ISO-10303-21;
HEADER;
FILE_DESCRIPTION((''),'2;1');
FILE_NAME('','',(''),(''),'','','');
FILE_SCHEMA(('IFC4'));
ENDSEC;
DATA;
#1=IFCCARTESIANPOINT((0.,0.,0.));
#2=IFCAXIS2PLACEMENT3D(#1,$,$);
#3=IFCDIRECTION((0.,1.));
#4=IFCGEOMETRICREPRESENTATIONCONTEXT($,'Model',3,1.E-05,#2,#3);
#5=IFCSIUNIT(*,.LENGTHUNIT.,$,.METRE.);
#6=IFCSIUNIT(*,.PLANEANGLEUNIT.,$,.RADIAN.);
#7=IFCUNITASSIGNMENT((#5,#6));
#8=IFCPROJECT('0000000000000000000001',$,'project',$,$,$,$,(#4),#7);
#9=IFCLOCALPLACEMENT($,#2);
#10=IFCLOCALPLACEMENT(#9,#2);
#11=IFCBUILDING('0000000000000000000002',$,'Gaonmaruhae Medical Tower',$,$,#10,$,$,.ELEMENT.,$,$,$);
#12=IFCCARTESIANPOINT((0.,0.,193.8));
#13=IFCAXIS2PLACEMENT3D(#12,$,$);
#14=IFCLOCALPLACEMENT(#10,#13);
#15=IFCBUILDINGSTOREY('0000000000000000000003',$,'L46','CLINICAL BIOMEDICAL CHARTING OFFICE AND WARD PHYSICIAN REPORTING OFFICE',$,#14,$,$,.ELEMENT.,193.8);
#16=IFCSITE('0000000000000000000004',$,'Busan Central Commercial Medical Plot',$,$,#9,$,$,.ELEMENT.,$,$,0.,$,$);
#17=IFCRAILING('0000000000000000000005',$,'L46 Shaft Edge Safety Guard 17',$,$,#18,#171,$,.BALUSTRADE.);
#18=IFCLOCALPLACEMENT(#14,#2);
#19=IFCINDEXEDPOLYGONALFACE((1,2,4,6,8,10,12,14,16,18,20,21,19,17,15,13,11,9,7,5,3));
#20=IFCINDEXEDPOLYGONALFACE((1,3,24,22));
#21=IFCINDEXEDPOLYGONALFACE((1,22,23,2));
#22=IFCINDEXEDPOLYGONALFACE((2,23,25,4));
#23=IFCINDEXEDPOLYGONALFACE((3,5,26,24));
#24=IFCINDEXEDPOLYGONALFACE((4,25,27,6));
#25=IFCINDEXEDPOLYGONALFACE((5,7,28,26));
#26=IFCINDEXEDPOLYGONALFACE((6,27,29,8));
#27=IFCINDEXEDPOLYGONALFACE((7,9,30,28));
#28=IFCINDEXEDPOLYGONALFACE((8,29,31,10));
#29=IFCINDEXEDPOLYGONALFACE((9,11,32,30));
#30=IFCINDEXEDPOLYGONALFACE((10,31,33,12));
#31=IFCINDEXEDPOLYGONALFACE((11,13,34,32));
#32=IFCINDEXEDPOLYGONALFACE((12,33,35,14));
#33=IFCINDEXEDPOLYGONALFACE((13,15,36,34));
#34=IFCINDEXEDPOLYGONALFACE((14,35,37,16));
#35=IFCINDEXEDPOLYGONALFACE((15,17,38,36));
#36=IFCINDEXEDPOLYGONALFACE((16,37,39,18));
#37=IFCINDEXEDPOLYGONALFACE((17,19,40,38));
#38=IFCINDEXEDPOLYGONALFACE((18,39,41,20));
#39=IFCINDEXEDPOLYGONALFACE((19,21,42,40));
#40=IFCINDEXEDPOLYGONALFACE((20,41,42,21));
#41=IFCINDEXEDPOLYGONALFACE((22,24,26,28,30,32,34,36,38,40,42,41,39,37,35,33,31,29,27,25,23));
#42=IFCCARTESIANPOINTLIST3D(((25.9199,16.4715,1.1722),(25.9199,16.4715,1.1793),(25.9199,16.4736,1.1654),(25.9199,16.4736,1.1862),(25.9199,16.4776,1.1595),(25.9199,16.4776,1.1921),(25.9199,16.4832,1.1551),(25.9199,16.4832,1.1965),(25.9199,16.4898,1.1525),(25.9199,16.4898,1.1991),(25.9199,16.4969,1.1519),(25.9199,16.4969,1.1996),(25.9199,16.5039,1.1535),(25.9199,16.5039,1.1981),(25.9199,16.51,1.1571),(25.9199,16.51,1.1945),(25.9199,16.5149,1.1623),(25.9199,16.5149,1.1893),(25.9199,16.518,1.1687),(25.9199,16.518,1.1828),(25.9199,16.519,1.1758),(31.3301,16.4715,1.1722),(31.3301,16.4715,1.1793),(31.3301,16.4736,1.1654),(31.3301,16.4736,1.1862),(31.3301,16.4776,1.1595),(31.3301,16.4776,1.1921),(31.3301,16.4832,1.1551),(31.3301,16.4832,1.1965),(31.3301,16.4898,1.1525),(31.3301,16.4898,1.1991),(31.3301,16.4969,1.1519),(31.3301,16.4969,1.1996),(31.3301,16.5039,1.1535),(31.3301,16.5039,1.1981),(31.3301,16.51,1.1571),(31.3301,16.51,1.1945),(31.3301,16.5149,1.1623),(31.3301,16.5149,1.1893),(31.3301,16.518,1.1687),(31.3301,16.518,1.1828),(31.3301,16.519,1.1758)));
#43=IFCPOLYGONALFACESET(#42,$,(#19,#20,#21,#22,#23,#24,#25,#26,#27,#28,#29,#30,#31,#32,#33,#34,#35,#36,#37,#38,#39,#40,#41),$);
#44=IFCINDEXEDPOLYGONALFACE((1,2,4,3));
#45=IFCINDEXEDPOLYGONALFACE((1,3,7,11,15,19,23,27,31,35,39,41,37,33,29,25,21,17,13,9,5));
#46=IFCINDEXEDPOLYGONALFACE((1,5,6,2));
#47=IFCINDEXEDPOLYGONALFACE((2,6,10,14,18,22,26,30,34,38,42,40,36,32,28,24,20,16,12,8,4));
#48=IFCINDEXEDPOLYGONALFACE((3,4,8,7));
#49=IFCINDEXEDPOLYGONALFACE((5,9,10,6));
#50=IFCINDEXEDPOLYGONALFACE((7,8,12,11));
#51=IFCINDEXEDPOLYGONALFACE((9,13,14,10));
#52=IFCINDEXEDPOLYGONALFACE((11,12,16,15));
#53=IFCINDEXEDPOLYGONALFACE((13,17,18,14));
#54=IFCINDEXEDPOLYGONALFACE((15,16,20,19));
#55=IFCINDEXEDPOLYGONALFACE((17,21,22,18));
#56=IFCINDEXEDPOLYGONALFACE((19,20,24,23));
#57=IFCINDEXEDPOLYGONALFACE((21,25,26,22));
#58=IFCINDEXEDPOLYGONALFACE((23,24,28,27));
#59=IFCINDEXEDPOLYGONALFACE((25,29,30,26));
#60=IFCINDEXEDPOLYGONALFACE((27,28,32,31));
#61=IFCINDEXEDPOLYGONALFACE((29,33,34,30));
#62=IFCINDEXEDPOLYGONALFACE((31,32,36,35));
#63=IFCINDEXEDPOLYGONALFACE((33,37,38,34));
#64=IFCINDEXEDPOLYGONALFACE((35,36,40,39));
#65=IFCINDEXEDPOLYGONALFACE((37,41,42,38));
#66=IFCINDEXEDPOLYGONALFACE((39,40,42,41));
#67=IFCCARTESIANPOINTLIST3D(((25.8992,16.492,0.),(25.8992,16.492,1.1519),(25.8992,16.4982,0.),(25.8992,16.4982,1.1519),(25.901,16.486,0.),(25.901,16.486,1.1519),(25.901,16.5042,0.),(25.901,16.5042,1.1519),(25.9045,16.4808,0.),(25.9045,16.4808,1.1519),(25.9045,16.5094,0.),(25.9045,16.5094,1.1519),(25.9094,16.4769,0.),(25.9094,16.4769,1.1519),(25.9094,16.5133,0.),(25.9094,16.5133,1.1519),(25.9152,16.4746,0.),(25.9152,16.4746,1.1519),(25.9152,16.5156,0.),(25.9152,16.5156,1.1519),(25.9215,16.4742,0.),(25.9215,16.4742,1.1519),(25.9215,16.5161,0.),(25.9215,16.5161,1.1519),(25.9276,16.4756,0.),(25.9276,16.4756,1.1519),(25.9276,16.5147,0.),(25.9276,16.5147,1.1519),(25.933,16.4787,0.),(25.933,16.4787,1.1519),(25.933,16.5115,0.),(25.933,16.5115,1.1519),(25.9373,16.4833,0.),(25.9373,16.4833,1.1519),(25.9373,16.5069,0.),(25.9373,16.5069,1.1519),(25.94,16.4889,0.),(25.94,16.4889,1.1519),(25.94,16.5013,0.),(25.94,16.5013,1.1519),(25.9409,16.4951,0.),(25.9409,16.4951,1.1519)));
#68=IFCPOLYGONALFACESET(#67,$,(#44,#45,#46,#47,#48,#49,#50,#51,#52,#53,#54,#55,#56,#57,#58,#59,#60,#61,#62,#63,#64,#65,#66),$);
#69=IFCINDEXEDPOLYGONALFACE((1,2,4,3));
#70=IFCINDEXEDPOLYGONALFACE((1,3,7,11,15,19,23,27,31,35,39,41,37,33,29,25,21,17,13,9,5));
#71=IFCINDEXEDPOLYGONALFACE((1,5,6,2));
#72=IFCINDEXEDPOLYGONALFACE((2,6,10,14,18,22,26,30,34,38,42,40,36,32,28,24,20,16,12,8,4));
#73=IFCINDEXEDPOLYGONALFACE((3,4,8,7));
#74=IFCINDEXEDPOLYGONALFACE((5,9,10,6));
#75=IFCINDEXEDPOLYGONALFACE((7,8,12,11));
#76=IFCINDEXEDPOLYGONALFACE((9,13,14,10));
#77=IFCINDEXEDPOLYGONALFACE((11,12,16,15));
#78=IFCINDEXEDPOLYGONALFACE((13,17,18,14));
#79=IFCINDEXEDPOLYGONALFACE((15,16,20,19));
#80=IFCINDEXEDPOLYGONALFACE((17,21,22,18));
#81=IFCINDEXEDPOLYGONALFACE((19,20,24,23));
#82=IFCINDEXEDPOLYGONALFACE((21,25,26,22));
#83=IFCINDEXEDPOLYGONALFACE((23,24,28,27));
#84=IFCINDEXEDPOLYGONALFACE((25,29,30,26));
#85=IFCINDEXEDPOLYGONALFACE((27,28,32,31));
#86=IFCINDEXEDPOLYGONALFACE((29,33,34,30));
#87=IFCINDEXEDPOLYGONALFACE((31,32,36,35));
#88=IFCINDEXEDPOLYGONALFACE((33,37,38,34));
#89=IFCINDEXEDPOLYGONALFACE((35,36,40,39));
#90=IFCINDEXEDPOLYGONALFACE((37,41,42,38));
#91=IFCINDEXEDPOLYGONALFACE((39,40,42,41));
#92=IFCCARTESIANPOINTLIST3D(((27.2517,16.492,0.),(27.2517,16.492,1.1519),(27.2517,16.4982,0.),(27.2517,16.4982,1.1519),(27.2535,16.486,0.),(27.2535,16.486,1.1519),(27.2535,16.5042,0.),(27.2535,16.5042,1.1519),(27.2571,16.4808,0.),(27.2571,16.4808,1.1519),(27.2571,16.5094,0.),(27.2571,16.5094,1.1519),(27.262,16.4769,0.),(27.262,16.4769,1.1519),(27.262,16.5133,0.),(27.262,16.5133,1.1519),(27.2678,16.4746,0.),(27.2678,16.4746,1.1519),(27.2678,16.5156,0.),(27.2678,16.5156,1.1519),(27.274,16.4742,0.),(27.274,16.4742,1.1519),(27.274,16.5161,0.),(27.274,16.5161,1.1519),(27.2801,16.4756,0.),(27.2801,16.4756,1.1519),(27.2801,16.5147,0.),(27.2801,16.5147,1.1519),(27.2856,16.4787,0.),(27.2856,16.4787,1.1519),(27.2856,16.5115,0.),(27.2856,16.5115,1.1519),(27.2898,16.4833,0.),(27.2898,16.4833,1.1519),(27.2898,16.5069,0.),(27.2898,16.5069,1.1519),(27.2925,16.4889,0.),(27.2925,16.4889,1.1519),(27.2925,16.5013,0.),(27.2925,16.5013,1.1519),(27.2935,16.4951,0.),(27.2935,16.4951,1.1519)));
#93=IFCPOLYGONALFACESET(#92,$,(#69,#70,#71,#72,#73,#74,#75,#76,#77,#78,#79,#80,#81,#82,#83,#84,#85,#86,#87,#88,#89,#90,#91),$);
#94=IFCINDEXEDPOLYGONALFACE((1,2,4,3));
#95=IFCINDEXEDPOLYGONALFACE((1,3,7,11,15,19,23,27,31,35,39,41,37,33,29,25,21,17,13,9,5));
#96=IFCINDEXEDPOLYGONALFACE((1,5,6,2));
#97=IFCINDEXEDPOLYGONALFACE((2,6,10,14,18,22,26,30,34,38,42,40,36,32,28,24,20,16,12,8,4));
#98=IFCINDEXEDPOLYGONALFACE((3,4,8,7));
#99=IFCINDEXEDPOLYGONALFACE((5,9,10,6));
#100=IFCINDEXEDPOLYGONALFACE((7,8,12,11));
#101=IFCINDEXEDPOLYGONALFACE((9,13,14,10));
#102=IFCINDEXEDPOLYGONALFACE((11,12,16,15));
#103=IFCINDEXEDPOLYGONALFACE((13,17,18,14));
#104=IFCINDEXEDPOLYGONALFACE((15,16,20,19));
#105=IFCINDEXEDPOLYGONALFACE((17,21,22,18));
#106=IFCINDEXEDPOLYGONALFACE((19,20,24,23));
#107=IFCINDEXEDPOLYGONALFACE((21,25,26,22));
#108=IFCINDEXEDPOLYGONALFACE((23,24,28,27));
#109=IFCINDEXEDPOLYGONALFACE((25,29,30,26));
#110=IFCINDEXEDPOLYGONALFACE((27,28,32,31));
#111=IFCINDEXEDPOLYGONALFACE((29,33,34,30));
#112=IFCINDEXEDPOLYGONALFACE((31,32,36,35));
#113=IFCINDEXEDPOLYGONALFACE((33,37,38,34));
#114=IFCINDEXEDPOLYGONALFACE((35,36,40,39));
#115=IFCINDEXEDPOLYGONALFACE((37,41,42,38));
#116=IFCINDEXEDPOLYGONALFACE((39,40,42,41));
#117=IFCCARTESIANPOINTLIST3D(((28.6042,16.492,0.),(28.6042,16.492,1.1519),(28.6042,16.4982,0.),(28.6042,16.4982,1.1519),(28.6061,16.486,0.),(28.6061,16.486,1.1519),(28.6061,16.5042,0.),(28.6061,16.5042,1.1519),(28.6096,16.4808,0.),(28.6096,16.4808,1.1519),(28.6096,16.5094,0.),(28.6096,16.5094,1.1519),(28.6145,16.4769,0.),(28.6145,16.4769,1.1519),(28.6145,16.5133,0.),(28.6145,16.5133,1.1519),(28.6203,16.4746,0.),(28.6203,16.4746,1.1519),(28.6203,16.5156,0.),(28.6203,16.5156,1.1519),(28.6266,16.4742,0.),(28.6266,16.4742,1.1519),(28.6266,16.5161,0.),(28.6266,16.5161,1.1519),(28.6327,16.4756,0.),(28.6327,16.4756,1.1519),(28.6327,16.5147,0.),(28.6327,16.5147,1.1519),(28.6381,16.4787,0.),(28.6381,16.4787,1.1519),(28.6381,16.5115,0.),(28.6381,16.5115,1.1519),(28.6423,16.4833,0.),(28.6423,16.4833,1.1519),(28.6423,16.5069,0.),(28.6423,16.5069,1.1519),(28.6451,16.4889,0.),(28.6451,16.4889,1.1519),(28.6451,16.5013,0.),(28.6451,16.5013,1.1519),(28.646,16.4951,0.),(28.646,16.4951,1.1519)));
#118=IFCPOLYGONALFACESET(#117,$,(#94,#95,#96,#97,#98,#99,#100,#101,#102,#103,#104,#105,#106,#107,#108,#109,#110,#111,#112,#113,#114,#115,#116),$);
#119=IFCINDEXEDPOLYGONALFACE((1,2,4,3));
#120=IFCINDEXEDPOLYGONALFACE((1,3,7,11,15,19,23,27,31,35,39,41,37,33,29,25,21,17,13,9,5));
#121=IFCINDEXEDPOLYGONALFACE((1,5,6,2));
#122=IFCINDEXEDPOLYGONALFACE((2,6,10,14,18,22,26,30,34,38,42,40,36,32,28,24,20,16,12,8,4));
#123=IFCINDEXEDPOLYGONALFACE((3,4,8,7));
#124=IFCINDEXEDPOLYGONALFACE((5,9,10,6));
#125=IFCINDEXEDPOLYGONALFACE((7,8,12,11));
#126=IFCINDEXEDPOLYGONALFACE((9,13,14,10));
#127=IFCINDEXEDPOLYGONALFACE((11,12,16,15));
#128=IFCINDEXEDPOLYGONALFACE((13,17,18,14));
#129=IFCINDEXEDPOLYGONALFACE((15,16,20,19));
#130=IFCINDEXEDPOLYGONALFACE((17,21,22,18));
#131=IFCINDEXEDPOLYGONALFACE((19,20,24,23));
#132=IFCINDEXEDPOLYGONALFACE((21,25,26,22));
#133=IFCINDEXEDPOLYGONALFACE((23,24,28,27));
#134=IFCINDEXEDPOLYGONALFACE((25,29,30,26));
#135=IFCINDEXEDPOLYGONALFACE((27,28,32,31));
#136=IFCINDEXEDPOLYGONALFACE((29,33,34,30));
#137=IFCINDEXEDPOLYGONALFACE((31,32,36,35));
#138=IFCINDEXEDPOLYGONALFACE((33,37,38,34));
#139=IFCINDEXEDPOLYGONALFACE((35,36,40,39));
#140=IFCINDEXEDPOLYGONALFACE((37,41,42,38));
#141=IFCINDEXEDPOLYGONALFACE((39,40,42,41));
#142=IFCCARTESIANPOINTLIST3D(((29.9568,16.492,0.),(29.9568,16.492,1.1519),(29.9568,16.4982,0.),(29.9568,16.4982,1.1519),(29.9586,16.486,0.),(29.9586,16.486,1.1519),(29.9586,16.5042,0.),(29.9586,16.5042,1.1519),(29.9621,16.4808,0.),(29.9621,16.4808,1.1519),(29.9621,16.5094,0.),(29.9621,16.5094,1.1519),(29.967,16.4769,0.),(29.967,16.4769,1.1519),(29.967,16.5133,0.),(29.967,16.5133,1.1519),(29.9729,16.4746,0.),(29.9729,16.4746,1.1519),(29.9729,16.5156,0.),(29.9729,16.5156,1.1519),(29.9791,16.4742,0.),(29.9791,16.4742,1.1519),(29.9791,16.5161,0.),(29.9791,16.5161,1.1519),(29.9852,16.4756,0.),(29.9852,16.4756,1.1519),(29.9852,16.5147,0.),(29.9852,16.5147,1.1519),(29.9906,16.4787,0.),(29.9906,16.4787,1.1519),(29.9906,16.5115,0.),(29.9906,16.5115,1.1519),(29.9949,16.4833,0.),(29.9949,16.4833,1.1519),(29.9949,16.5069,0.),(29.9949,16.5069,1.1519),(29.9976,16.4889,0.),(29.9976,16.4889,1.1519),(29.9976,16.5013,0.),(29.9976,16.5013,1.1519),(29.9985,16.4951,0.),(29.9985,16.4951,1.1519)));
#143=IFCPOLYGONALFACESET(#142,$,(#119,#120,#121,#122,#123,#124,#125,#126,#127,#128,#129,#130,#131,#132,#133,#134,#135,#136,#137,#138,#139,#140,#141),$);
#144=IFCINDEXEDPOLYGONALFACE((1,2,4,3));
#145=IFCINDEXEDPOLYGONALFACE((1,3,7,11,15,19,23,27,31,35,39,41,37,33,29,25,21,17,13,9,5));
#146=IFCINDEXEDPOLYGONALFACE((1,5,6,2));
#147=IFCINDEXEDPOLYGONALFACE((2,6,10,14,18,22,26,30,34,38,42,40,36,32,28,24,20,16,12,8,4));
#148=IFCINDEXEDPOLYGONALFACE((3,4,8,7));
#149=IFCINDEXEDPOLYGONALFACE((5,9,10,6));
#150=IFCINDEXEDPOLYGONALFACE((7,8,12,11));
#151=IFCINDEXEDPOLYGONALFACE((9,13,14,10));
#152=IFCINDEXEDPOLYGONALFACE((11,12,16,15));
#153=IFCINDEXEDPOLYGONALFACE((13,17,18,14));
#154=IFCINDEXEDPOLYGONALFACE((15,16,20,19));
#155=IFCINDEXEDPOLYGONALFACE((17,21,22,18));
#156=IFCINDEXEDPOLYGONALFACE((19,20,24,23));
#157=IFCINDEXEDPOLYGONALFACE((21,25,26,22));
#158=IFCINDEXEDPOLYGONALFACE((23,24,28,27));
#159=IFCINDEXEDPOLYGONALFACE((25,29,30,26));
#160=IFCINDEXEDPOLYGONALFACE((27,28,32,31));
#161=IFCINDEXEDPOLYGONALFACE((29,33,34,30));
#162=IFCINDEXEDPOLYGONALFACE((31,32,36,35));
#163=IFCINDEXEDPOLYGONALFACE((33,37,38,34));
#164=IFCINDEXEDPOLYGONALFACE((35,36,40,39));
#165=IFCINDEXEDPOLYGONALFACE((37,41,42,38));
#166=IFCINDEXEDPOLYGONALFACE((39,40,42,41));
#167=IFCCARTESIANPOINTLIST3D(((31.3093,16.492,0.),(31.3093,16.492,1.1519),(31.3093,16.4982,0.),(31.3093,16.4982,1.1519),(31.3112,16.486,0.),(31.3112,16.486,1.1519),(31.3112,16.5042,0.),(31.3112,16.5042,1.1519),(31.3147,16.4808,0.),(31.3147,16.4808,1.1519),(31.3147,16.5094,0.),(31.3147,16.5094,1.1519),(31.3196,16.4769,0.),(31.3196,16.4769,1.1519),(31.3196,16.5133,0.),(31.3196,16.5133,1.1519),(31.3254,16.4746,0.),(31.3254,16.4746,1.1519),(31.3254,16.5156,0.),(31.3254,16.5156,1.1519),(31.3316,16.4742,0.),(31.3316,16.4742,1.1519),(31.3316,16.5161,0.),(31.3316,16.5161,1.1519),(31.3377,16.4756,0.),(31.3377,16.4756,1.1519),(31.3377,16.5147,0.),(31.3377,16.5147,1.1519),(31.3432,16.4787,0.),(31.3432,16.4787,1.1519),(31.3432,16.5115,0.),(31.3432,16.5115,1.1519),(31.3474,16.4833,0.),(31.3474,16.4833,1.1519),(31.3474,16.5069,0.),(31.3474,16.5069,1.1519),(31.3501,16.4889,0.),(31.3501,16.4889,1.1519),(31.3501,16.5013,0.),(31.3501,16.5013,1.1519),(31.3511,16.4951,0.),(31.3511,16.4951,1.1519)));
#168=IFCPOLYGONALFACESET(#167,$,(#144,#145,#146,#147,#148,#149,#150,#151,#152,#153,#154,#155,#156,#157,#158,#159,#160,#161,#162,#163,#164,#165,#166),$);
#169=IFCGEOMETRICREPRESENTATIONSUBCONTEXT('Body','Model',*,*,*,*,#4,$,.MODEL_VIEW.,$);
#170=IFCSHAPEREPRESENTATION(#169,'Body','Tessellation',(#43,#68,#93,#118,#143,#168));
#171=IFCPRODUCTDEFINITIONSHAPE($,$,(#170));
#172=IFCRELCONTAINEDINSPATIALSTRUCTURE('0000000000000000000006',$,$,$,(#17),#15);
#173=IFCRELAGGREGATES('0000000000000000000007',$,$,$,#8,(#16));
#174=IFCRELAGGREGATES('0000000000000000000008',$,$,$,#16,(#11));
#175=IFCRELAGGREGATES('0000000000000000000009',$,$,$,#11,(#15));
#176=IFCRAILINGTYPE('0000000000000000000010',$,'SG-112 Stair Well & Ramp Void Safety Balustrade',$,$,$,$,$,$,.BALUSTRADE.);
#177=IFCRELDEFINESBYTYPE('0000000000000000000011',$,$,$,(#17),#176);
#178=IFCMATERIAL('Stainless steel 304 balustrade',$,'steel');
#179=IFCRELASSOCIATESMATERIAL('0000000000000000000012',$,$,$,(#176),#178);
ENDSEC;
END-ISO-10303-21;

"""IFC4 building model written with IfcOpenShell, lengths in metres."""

from ifc_helpers import new_model, si_unit, direction, frame, origin, origin_2d, place, context, subcontext, project, spatial, circle, extrude, material, type_object, element, save


model = new_model("IFC4")

# Units and contexts
model_context = context("Model", 3, precision=1e-05, world=origin(), true_north=direction((0.0, 1.0)))
body_context = subcontext(model_context, "Body", "Model", "MODEL_VIEW")
ifc_project = project(units=[si_unit("LENGTHUNIT", "METRE"), si_unit("PLANEANGLEUNIT", "RADIAN")], contexts=[model_context])

# Site, building, storey
site_placement = place(None, origin())
site = spatial("IfcSite", under=ifc_project, at=site_placement, Name="Busan Central Commercial Medical Plot", CompositionType="ELEMENT", RefElevation=0.0)
building_placement = place(site_placement, origin())
building = spatial("IfcBuilding", under=site, at=building_placement, Name="Gaonmaruhae Medical Tower", CompositionType="ELEMENT")
storey_placement = place(building_placement, frame((0.0, 0.0, 193.8)))
storey = spatial("IfcBuildingStorey", under=building, at=storey_placement, Name="L46", Description="CLINICAL BIOMEDICAL CHARTING OFFICE AND WARD PHYSICIAN REPORTING OFFICE", CompositionType="ELEMENT", Elevation=193.8)

# Railing
ifc_material_1 = material(Name="Stainless steel 304 balustrade", Category="steel")
railing_type = type_object("IfcRailingType", Name="SG-112 Stair Well & Ramp Void Safety Balustrade", PredefinedType="BALUSTRADE", material=ifc_material_1)
railing_1_placement = place(storey_placement, frame((25.9199, 16.4951, 0.0)))
element("IfcRailing", 1, at=railing_1_placement, inside=storey, type_object=railing_type, Name="L46 Shaft Edge Safety Guard 17", PredefinedType="BALUSTRADE", context=body_context, shape_type="SweptSolid", body=[
    extrude(circle(Radius=0.0239, at=origin_2d()), frame((0.0, 0.0, 1.1758), z_axis=(1.0, 0.0, 0.0), x_axis=(0.0, 1.0, 0.0)), (0.0, 0.0, 1.0), 5.4102),
    extrude(circle(Radius=0.021, at=origin_2d()), origin(), (0.0, 0.0, 1.0), 1.1519),
    extrude(circle(Radius=0.021, at=origin_2d()), frame((1.3525, 0.0, 0.0)), (0.0, 0.0, 1.0), 1.1519),
    extrude(circle(Radius=0.021, at=origin_2d()), frame((2.7051, 0.0, 0.0)), (0.0, 0.0, 1.0), 1.1519),
    extrude(circle(Radius=0.021, at=origin_2d()), frame((4.0576, 0.0, 0.0)), (0.0, 0.0, 1.0), 1.1519),
    extrude(circle(Radius=0.021, at=origin_2d()), frame((5.4102, 0.0, 0.0)), (0.0, 0.0, 1.0), 1.1519),
])

save(model, "model.ifc")
